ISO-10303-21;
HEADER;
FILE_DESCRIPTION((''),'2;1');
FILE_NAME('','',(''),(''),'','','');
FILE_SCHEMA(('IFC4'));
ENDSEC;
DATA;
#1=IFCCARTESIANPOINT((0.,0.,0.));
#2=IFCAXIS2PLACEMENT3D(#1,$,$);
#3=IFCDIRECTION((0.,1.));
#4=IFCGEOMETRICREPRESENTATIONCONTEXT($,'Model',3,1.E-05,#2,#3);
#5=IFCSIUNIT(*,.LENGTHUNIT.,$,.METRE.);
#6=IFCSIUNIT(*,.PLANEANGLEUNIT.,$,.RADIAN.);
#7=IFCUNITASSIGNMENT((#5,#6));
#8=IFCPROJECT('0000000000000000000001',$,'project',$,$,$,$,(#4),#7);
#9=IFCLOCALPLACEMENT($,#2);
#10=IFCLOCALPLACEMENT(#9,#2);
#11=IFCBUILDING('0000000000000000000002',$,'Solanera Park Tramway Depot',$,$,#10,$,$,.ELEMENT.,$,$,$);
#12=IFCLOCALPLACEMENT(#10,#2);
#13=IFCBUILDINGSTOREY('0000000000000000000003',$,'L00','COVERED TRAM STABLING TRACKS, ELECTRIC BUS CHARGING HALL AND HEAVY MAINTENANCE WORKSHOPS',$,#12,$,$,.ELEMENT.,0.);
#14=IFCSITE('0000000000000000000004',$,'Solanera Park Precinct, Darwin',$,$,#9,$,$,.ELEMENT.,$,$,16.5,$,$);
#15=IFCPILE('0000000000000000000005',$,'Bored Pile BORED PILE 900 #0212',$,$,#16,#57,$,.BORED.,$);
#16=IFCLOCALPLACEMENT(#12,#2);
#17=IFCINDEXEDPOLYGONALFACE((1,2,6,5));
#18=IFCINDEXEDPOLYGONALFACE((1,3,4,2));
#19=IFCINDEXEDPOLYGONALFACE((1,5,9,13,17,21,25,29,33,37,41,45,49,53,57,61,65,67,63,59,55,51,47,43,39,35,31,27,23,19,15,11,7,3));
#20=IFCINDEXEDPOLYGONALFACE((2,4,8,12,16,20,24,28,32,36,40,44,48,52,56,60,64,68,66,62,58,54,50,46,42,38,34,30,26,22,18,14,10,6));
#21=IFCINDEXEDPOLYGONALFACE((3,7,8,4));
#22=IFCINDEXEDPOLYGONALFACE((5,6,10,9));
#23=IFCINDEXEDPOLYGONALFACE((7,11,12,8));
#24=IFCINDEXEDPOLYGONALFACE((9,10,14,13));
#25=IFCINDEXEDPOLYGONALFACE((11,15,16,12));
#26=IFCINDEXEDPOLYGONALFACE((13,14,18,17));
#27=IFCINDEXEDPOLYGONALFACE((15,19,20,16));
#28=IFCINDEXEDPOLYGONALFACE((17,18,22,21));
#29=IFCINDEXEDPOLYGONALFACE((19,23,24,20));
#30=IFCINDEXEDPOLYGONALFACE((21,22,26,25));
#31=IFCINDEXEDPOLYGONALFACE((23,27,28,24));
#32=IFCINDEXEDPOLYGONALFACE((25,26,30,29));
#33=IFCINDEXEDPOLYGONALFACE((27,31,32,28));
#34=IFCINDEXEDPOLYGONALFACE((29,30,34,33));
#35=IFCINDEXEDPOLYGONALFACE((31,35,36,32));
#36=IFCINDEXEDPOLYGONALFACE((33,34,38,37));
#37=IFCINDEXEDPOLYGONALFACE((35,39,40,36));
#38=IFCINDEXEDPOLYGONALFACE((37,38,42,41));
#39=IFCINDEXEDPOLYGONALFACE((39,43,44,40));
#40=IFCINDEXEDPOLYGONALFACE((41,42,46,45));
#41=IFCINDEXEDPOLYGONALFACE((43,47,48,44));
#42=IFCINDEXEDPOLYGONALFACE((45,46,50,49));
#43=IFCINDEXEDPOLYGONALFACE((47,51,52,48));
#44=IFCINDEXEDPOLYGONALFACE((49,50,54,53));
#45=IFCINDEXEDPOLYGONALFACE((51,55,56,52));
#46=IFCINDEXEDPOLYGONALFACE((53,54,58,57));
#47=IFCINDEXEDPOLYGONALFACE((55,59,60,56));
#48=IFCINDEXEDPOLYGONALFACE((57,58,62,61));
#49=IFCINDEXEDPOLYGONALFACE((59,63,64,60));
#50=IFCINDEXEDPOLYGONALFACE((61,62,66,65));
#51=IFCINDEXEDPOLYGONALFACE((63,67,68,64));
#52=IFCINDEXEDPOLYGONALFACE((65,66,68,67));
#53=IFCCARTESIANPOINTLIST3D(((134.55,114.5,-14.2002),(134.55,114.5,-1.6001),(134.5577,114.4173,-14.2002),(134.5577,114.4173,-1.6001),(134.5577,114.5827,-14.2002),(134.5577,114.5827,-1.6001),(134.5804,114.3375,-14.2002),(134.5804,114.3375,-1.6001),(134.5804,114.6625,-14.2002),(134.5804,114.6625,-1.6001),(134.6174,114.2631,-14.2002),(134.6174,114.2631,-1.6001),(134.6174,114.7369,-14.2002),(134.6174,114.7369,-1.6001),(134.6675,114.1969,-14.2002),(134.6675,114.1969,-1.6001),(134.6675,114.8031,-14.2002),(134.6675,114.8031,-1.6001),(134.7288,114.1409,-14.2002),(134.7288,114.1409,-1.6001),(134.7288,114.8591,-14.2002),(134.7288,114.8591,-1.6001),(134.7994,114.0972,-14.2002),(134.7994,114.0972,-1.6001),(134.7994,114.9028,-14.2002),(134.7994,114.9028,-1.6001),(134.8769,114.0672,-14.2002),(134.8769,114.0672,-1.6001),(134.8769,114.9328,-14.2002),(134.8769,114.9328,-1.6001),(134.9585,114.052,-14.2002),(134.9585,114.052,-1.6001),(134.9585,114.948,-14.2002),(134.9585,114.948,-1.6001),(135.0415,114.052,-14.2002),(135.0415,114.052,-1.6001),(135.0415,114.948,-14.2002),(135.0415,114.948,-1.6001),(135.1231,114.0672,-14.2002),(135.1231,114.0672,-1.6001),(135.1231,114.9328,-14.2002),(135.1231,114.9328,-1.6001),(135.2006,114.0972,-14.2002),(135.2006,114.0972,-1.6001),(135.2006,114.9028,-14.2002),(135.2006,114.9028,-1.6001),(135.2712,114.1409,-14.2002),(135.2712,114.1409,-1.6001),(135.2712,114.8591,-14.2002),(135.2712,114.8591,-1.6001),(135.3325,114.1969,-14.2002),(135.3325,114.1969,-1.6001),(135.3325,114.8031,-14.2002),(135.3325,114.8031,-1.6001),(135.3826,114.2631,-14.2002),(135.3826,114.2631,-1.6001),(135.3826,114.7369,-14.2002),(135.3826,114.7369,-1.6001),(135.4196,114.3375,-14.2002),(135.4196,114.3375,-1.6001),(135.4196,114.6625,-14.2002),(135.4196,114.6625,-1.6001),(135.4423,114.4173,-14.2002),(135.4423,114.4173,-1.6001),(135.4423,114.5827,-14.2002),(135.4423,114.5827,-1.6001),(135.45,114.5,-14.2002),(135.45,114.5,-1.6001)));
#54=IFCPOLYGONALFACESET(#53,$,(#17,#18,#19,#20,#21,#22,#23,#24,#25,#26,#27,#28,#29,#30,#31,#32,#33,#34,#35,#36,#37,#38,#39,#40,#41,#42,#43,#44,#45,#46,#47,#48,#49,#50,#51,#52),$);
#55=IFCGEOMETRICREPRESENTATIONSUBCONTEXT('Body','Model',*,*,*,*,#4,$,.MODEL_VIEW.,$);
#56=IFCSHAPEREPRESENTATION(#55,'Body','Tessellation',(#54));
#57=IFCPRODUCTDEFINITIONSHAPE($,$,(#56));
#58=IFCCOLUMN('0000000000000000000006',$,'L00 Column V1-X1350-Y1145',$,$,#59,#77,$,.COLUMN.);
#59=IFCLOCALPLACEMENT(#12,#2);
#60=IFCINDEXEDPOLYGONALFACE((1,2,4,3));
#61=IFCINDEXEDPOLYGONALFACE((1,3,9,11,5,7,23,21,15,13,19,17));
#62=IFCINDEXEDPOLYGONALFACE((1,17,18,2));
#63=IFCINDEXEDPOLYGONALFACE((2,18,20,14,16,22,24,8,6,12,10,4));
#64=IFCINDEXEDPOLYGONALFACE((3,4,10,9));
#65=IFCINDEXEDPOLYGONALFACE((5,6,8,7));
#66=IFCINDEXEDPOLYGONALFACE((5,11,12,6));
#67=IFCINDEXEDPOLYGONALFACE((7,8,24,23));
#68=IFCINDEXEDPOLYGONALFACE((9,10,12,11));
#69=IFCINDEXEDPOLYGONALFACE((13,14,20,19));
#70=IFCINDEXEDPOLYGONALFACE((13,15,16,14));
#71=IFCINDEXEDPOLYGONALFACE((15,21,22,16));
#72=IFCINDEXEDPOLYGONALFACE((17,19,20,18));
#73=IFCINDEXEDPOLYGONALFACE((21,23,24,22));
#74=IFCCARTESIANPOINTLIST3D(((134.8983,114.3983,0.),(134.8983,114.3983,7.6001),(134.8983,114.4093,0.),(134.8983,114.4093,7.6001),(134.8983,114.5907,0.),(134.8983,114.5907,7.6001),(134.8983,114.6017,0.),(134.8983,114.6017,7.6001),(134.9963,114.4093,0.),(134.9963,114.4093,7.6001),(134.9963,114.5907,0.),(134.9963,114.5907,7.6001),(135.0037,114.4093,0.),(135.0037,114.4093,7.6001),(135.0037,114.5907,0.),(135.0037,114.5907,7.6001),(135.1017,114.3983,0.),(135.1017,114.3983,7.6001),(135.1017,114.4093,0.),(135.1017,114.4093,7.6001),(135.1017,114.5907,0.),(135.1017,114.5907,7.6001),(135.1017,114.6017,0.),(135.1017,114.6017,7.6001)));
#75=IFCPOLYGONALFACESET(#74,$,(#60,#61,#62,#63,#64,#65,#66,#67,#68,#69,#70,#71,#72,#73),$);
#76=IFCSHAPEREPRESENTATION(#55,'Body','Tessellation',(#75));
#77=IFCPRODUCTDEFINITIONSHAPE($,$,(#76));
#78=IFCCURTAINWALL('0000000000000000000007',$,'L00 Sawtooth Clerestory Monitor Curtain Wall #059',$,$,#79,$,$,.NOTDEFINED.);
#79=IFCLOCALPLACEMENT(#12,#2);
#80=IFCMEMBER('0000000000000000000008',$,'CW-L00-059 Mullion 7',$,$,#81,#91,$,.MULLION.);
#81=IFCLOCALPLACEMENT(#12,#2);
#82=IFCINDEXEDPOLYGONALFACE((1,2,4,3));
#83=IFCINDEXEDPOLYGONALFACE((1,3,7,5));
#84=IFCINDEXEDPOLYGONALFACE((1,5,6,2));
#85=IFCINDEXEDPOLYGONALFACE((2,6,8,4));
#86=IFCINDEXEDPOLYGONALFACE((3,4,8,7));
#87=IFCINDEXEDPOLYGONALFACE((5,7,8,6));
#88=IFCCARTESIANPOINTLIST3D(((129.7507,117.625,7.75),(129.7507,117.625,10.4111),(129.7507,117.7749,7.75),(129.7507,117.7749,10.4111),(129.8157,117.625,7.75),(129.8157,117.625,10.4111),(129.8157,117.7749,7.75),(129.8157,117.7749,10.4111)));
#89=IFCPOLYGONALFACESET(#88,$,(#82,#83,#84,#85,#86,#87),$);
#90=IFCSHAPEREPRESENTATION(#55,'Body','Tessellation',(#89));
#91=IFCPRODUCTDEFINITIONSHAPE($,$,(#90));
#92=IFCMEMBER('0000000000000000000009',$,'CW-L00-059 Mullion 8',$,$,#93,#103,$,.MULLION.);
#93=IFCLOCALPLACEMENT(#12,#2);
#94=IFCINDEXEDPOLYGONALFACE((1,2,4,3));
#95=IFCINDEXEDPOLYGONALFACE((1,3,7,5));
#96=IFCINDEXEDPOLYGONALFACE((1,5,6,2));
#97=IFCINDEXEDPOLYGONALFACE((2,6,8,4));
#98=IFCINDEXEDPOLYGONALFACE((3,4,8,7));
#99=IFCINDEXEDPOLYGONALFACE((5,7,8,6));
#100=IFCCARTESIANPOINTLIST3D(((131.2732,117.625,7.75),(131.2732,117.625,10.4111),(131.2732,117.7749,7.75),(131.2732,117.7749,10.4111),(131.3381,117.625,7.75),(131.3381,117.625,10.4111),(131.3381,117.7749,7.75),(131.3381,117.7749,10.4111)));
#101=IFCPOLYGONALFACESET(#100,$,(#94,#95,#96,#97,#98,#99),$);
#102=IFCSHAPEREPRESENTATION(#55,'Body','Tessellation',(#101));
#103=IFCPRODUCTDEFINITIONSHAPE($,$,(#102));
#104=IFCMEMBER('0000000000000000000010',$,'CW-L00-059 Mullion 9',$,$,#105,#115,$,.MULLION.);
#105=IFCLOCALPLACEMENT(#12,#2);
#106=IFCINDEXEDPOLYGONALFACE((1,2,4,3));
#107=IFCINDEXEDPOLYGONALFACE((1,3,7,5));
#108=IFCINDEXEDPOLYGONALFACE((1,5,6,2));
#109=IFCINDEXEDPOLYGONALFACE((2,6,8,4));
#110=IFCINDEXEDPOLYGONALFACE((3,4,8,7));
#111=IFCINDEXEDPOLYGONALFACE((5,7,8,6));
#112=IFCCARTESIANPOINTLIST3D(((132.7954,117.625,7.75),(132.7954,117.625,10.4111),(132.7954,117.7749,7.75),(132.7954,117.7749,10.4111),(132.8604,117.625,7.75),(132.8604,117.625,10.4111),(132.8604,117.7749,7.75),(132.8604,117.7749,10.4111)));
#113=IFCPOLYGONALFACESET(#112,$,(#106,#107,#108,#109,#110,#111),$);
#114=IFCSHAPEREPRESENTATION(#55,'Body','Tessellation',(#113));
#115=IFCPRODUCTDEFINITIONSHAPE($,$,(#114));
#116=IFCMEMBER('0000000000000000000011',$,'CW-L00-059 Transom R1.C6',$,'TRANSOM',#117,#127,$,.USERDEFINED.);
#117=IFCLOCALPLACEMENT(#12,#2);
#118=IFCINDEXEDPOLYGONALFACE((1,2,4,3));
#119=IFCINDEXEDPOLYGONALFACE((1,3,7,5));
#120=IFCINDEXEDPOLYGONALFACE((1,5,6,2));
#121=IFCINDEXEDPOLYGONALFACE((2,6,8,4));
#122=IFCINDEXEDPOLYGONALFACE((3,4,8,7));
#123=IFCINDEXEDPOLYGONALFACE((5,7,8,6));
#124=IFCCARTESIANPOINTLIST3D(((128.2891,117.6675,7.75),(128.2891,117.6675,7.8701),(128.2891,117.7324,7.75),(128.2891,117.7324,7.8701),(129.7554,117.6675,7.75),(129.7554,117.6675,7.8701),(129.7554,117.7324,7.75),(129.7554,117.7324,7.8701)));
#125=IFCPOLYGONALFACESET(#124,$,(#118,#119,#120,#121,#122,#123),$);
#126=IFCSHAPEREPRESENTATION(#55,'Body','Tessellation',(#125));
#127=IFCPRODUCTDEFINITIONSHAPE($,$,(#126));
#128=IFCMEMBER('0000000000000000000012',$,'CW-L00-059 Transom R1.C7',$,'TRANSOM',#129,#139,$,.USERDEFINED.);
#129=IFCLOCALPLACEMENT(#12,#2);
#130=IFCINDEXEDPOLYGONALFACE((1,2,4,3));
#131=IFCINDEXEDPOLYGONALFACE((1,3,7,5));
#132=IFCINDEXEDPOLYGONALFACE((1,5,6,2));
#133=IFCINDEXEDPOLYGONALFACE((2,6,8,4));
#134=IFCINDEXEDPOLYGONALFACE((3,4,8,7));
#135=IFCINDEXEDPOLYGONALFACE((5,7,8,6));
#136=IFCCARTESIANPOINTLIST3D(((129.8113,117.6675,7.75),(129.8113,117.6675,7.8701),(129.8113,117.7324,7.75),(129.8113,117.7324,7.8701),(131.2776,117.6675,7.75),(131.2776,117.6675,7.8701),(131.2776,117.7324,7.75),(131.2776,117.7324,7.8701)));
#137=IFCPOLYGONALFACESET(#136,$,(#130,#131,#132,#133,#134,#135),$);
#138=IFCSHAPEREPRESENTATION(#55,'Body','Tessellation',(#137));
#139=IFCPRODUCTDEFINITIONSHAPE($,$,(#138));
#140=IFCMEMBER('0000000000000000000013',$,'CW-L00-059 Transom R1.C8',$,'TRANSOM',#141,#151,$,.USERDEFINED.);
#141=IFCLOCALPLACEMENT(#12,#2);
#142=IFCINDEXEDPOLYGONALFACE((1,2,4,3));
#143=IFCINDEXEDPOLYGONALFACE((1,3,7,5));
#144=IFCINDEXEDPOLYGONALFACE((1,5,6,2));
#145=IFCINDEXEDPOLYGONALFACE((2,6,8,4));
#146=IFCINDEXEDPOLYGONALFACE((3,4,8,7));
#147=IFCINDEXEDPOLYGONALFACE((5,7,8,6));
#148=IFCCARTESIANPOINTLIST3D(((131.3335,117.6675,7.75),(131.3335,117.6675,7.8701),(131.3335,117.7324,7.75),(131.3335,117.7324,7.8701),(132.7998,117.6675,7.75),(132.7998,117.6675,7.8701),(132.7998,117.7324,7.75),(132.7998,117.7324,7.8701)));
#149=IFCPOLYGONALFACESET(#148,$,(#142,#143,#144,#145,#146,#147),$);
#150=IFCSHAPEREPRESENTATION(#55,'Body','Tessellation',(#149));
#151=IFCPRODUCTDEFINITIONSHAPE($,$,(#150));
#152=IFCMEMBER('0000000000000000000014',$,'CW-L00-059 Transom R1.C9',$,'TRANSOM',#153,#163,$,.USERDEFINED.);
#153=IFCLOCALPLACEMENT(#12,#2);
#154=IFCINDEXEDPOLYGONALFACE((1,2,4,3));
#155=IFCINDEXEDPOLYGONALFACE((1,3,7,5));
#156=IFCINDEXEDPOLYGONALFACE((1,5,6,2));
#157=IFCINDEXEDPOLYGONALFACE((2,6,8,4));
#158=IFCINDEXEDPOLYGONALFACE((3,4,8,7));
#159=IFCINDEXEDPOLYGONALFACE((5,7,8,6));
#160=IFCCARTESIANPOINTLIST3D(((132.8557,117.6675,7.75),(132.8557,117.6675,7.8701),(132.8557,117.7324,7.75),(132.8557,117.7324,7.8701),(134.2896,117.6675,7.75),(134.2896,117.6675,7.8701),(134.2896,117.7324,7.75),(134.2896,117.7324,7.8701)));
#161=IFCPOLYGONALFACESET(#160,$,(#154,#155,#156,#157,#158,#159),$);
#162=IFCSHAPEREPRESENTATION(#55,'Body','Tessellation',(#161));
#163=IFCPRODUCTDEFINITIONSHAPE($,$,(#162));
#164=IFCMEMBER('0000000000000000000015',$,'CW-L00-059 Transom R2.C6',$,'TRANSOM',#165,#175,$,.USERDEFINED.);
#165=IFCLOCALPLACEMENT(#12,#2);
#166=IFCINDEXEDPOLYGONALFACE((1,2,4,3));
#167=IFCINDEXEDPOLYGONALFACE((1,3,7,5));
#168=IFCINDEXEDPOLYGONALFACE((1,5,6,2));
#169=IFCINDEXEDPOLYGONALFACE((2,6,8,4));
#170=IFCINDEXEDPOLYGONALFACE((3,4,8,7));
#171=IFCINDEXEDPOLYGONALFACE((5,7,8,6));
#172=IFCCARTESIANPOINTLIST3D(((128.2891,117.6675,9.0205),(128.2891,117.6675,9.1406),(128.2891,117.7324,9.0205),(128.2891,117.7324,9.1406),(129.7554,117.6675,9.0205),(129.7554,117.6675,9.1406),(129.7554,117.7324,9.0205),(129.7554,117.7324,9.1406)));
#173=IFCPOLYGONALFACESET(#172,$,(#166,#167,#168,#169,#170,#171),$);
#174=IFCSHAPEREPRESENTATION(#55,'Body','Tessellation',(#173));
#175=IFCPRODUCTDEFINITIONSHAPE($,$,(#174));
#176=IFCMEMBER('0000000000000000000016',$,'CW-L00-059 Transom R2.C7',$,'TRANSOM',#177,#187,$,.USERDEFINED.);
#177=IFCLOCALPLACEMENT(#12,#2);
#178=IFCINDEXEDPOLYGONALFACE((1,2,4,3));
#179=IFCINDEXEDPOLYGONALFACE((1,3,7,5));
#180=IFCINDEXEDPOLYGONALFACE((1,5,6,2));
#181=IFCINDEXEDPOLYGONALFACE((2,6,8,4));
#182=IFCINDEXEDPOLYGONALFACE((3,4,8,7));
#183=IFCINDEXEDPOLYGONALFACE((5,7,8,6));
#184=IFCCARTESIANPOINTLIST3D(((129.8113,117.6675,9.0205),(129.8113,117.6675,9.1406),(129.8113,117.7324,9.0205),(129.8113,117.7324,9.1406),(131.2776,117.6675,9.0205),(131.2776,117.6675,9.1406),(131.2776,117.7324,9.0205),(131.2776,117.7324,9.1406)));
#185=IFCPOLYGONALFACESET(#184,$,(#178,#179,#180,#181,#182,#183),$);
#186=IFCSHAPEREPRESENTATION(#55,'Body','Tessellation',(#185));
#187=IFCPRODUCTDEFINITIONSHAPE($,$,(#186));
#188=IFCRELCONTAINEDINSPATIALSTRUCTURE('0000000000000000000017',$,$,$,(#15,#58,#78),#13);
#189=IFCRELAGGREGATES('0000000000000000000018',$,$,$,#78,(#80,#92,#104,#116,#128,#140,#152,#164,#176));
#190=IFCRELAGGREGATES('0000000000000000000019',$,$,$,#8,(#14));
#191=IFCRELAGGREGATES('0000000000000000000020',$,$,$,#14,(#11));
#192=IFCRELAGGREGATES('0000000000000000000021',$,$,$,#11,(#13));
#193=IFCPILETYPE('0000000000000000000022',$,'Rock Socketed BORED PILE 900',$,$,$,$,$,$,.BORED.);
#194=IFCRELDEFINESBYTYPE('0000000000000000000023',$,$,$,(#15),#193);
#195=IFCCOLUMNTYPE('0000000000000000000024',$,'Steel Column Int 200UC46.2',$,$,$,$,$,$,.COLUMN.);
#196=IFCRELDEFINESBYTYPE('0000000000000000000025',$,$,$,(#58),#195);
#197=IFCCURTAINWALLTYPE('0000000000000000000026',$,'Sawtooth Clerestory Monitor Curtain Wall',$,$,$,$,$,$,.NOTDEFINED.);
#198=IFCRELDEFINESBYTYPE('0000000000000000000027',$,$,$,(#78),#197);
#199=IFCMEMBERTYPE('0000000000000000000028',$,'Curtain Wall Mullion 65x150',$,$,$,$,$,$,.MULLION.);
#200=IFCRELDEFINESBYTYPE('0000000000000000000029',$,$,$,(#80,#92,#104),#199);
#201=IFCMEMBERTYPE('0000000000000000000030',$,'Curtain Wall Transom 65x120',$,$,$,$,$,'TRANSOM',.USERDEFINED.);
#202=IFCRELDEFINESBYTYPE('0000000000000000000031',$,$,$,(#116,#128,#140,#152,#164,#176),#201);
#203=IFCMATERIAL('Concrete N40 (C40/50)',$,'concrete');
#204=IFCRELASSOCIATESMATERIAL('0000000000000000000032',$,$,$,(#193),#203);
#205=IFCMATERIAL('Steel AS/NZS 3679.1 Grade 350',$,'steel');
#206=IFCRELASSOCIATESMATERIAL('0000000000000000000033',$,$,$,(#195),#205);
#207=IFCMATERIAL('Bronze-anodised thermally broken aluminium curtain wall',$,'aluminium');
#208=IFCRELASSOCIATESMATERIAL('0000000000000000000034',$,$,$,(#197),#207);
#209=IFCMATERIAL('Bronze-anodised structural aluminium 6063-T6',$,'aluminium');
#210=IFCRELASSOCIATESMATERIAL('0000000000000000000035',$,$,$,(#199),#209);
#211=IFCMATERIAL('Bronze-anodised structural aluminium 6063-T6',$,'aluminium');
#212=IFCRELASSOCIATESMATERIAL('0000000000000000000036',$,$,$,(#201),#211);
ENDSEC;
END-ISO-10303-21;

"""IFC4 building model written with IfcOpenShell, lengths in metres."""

from ifc_helpers import new_model, si_unit, direction, frame, origin, origin_2d, place, context, subcontext, project, spatial, rectangle, circle, i_section, extrude, material, material_profile, profile_set, type_object, element, aggregate, save


model = new_model("IFC4")

# Units and contexts
model_context = context("Model", 3, precision=1e-05, world=origin(), true_north=direction((0.0, 1.0)))
body_context = subcontext(model_context, "Body", "Model", "MODEL_VIEW")
ifc_project = project(units=[si_unit("LENGTHUNIT", "METRE"), si_unit("PLANEANGLEUNIT", "RADIAN")], contexts=[model_context])

# Site, building, storey
site_placement = place(None, origin())
site = spatial("IfcSite", under=ifc_project, at=site_placement, Name="Solanera Park Precinct, Darwin", CompositionType="ELEMENT", RefElevation=16.5)
building_placement = place(site_placement, origin())
building = spatial("IfcBuilding", under=site, at=building_placement, Name="Solanera Park Tramway Depot", CompositionType="ELEMENT")
storey_placement = place(building_placement, origin())
storey = spatial("IfcBuildingStorey", under=building, at=storey_placement, Name="L00", Description="COVERED TRAM STABLING TRACKS, ELECTRIC BUS CHARGING HALL AND HEAVY MAINTENANCE WORKSHOPS", CompositionType="ELEMENT", Elevation=0.0)

# Pile
ifc_material_1 = material(Name="Concrete N40 (C40/50)", Category="concrete")
ifc_material_profile_1 = material_profile(ifc_material_1, circle(Radius=0.45, at=origin_2d()), Name="BORED PILE 900")
ifc_profile_set_1 = profile_set([ifc_material_profile_1], Name="Concrete N40 (C40/50)")
pile_type = type_object("IfcPileType", Name="Rock Socketed BORED PILE 900", PredefinedType="BORED", material=ifc_profile_set_1)
pile_placement = place(storey_placement, frame((135.0, 114.5, -1.6001), z_axis=(0.0, 0.0, -1.0), x_axis=(1.0, 0.0, 0.0)))
element("IfcPile", 1, at=pile_placement, inside=storey, type_object=pile_type, Name="Bored Pile BORED PILE 900 #0212", PredefinedType="BORED", context=body_context, shape_type="SweptSolid", body=[
    extrude(circle(Radius=0.45, at=origin_2d()), origin(), (0.0, 0.0, 1.0), 12.6001),
])

# Column
ifc_material_2 = material(Name="Steel AS/NZS 3679.1 Grade 350", Category="steel")
ifc_material_profile_2 = material_profile(ifc_material_2, i_section(OverallWidth=0.2034, OverallDepth=0.2034, WebThickness=0.0073, FlangeThickness=0.011, at=origin_2d()), Name="200UC46.2")
ifc_profile_set_2 = profile_set([ifc_material_profile_2], Name="Steel AS/NZS 3679.1 Grade 350")
column_type = type_object("IfcColumnType", Name="Steel Column Int 200UC46.2", PredefinedType="COLUMN", material=ifc_profile_set_2)
column_placement = place(storey_placement, frame((135.0, 114.5, 0.0), z_axis=(0.0, 0.0, 1.0), x_axis=(1.0, 0.0, 0.0)))
element("IfcColumn", 2, at=column_placement, inside=storey, type_object=column_type, Name="L00 Column V1-X1350-Y1145", PredefinedType="COLUMN", context=body_context, shape_type="SweptSolid", body=[
    extrude(i_section(OverallWidth=0.2034, OverallDepth=0.2034, WebThickness=0.0073, FlangeThickness=0.011, at=origin_2d()), origin(), (0.0, 0.0, 1.0), 7.6001),
])

# Curtain wall, members
ifc_material_3 = material(Name="Bronze-anodised thermally broken aluminium curtain wall", Category="aluminium")
curtain_wall_type = type_object("IfcCurtainWallType", Name="Sawtooth Clerestory Monitor Curtain Wall", PredefinedType="NOTDEFINED", material=ifc_material_3)
curtain_wall_placement = place(storey_placement, origin())
curtain_wall = element("IfcCurtainWall", 3, at=curtain_wall_placement, inside=storey, type_object=curtain_wall_type, Name="L00 Sawtooth Clerestory Monitor Curtain Wall #059", PredefinedType="NOTDEFINED")
ifc_material_4 = material(Name="Bronze-anodised structural aluminium 6063-T6", Category="aluminium")
ifc_material_profile_3 = material_profile(ifc_material_4, rectangle(XDim=0.0649, YDim=0.1499, at=origin_2d()), Name="Curtain Wall Mullion 65x150")
ifc_profile_set_3 = profile_set([ifc_material_profile_3], Name="Bronze-anodised structural aluminium 6063-T6")
member_type_1 = type_object("IfcMemberType", Name="Curtain Wall Mullion 65x150", PredefinedType="MULLION", material=ifc_profile_set_3)
member_1_placement = place(storey_placement, frame((129.7832, 117.7, 7.75), z_axis=(0.0, 0.0, 1.0), x_axis=(1.0, 0.0, 0.0)))
member_1 = element("IfcMember", 4, at=member_1_placement, type_object=member_type_1, Name="CW-L00-059 Mullion 7", PredefinedType="MULLION", context=body_context, shape_type="SweptSolid", body=[
    extrude(rectangle(XDim=0.0649, YDim=0.1499, at=origin_2d()), origin(), (0.0, 0.0, 1.0), 2.6611),
])
member_2_placement = place(storey_placement, frame((131.3057, 117.7, 7.75), z_axis=(0.0, 0.0, 1.0), x_axis=(1.0, 0.0, 0.0)))
member_2 = element("IfcMember", 5, at=member_2_placement, type_object=member_type_1, Name="CW-L00-059 Mullion 8", PredefinedType="MULLION", context=body_context, shape_type="SweptSolid", body=[
    extrude(rectangle(XDim=0.0649, YDim=0.1499, at=origin_2d()), origin(), (0.0, 0.0, 1.0), 2.6611),
])
member_3_placement = place(storey_placement, frame((132.8279, 117.7, 7.75), z_axis=(0.0, 0.0, 1.0), x_axis=(1.0, 0.0, 0.0)))
member_3 = element("IfcMember", 6, at=member_3_placement, type_object=member_type_1, Name="CW-L00-059 Mullion 9", PredefinedType="MULLION", context=body_context, shape_type="SweptSolid", body=[
    extrude(rectangle(XDim=0.0649, YDim=0.1499, at=origin_2d()), origin(), (0.0, 0.0, 1.0), 2.6611),
])
ifc_material_5 = material(Name="Bronze-anodised structural aluminium 6063-T6", Category="aluminium")
ifc_material_profile_4 = material_profile(ifc_material_5, rectangle(XDim=0.0649, YDim=0.1201, at=origin_2d()), Name="Curtain Wall Transom 65x120")
ifc_profile_set_4 = profile_set([ifc_material_profile_4], Name="Bronze-anodised structural aluminium 6063-T6")
member_type_2 = type_object("IfcMemberType", Name="Curtain Wall Transom 65x120", ElementType="TRANSOM", PredefinedType="USERDEFINED", material=ifc_profile_set_4)
member_4_placement = place(storey_placement, frame((128.2891, 117.7, 7.8101), z_axis=(1.0, 0.0, 0.0), x_axis=(0.0, 1.0, 0.0)))
member_4 = element("IfcMember", 7, at=member_4_placement, type_object=member_type_2, Name="CW-L00-059 Transom R1.C6", ObjectType="TRANSOM", PredefinedType="USERDEFINED", context=body_context, shape_type="SweptSolid", body=[
    extrude(rectangle(XDim=0.0649, YDim=0.1201, at=origin_2d()), origin(), (0.0, 0.0, 1.0), 1.4663),
])
member_5_placement = place(storey_placement, frame((129.8113, 117.7, 7.8101), z_axis=(1.0, 0.0, 0.0), x_axis=(0.0, 1.0, 0.0)))
member_5 = element("IfcMember", 8, at=member_5_placement, type_object=member_type_2, Name="CW-L00-059 Transom R1.C7", ObjectType="TRANSOM", PredefinedType="USERDEFINED", context=body_context, shape_type="SweptSolid", body=[
    extrude(rectangle(XDim=0.0649, YDim=0.1201, at=origin_2d()), origin(), (0.0, 0.0, 1.0), 1.4663),
])
member_6_placement = place(storey_placement, frame((131.3335, 117.7, 7.8101), z_axis=(1.0, 0.0, 0.0), x_axis=(0.0, 1.0, 0.0)))
member_6 = element("IfcMember", 9, at=member_6_placement, type_object=member_type_2, Name="CW-L00-059 Transom R1.C8", ObjectType="TRANSOM", PredefinedType="USERDEFINED", context=body_context, shape_type="SweptSolid", body=[
    extrude(rectangle(XDim=0.0649, YDim=0.1201, at=origin_2d()), origin(), (0.0, 0.0, 1.0), 1.4663),
])
member_7_placement = place(storey_placement, frame((132.8557, 117.7, 7.8101), z_axis=(1.0, 0.0, 0.0), x_axis=(0.0, 1.0, 0.0)))
member_7 = element("IfcMember", 10, at=member_7_placement, type_object=member_type_2, Name="CW-L00-059 Transom R1.C9", ObjectType="TRANSOM", PredefinedType="USERDEFINED", context=body_context, shape_type="SweptSolid", body=[
    extrude(rectangle(XDim=0.0649, YDim=0.1201, at=origin_2d()), origin(), (0.0, 0.0, 1.0), 1.4338),
])
member_8_placement = place(storey_placement, frame((128.2891, 117.7, 9.0806), z_axis=(1.0, 0.0, 0.0), x_axis=(0.0, 1.0, 0.0)))
member_8 = element("IfcMember", 11, at=member_8_placement, type_object=member_type_2, Name="CW-L00-059 Transom R2.C6", ObjectType="TRANSOM", PredefinedType="USERDEFINED", context=body_context, shape_type="SweptSolid", body=[
    extrude(rectangle(XDim=0.0649, YDim=0.1201, at=origin_2d()), origin(), (0.0, 0.0, 1.0), 1.4663),
])
member_9_placement = place(storey_placement, frame((129.8113, 117.7, 9.0806), z_axis=(1.0, 0.0, 0.0), x_axis=(0.0, 1.0, 0.0)))
member_9 = element("IfcMember", 12, at=member_9_placement, type_object=member_type_2, Name="CW-L00-059 Transom R2.C7", ObjectType="TRANSOM", PredefinedType="USERDEFINED", context=body_context, shape_type="SweptSolid", body=[
    extrude(rectangle(XDim=0.0649, YDim=0.1201, at=origin_2d()), origin(), (0.0, 0.0, 1.0), 1.4663),
])

aggregate(curtain_wall, [member_1, member_2, member_3, member_4, member_5, member_6, member_7, member_8, member_9])

save(model, "model.ifc")
